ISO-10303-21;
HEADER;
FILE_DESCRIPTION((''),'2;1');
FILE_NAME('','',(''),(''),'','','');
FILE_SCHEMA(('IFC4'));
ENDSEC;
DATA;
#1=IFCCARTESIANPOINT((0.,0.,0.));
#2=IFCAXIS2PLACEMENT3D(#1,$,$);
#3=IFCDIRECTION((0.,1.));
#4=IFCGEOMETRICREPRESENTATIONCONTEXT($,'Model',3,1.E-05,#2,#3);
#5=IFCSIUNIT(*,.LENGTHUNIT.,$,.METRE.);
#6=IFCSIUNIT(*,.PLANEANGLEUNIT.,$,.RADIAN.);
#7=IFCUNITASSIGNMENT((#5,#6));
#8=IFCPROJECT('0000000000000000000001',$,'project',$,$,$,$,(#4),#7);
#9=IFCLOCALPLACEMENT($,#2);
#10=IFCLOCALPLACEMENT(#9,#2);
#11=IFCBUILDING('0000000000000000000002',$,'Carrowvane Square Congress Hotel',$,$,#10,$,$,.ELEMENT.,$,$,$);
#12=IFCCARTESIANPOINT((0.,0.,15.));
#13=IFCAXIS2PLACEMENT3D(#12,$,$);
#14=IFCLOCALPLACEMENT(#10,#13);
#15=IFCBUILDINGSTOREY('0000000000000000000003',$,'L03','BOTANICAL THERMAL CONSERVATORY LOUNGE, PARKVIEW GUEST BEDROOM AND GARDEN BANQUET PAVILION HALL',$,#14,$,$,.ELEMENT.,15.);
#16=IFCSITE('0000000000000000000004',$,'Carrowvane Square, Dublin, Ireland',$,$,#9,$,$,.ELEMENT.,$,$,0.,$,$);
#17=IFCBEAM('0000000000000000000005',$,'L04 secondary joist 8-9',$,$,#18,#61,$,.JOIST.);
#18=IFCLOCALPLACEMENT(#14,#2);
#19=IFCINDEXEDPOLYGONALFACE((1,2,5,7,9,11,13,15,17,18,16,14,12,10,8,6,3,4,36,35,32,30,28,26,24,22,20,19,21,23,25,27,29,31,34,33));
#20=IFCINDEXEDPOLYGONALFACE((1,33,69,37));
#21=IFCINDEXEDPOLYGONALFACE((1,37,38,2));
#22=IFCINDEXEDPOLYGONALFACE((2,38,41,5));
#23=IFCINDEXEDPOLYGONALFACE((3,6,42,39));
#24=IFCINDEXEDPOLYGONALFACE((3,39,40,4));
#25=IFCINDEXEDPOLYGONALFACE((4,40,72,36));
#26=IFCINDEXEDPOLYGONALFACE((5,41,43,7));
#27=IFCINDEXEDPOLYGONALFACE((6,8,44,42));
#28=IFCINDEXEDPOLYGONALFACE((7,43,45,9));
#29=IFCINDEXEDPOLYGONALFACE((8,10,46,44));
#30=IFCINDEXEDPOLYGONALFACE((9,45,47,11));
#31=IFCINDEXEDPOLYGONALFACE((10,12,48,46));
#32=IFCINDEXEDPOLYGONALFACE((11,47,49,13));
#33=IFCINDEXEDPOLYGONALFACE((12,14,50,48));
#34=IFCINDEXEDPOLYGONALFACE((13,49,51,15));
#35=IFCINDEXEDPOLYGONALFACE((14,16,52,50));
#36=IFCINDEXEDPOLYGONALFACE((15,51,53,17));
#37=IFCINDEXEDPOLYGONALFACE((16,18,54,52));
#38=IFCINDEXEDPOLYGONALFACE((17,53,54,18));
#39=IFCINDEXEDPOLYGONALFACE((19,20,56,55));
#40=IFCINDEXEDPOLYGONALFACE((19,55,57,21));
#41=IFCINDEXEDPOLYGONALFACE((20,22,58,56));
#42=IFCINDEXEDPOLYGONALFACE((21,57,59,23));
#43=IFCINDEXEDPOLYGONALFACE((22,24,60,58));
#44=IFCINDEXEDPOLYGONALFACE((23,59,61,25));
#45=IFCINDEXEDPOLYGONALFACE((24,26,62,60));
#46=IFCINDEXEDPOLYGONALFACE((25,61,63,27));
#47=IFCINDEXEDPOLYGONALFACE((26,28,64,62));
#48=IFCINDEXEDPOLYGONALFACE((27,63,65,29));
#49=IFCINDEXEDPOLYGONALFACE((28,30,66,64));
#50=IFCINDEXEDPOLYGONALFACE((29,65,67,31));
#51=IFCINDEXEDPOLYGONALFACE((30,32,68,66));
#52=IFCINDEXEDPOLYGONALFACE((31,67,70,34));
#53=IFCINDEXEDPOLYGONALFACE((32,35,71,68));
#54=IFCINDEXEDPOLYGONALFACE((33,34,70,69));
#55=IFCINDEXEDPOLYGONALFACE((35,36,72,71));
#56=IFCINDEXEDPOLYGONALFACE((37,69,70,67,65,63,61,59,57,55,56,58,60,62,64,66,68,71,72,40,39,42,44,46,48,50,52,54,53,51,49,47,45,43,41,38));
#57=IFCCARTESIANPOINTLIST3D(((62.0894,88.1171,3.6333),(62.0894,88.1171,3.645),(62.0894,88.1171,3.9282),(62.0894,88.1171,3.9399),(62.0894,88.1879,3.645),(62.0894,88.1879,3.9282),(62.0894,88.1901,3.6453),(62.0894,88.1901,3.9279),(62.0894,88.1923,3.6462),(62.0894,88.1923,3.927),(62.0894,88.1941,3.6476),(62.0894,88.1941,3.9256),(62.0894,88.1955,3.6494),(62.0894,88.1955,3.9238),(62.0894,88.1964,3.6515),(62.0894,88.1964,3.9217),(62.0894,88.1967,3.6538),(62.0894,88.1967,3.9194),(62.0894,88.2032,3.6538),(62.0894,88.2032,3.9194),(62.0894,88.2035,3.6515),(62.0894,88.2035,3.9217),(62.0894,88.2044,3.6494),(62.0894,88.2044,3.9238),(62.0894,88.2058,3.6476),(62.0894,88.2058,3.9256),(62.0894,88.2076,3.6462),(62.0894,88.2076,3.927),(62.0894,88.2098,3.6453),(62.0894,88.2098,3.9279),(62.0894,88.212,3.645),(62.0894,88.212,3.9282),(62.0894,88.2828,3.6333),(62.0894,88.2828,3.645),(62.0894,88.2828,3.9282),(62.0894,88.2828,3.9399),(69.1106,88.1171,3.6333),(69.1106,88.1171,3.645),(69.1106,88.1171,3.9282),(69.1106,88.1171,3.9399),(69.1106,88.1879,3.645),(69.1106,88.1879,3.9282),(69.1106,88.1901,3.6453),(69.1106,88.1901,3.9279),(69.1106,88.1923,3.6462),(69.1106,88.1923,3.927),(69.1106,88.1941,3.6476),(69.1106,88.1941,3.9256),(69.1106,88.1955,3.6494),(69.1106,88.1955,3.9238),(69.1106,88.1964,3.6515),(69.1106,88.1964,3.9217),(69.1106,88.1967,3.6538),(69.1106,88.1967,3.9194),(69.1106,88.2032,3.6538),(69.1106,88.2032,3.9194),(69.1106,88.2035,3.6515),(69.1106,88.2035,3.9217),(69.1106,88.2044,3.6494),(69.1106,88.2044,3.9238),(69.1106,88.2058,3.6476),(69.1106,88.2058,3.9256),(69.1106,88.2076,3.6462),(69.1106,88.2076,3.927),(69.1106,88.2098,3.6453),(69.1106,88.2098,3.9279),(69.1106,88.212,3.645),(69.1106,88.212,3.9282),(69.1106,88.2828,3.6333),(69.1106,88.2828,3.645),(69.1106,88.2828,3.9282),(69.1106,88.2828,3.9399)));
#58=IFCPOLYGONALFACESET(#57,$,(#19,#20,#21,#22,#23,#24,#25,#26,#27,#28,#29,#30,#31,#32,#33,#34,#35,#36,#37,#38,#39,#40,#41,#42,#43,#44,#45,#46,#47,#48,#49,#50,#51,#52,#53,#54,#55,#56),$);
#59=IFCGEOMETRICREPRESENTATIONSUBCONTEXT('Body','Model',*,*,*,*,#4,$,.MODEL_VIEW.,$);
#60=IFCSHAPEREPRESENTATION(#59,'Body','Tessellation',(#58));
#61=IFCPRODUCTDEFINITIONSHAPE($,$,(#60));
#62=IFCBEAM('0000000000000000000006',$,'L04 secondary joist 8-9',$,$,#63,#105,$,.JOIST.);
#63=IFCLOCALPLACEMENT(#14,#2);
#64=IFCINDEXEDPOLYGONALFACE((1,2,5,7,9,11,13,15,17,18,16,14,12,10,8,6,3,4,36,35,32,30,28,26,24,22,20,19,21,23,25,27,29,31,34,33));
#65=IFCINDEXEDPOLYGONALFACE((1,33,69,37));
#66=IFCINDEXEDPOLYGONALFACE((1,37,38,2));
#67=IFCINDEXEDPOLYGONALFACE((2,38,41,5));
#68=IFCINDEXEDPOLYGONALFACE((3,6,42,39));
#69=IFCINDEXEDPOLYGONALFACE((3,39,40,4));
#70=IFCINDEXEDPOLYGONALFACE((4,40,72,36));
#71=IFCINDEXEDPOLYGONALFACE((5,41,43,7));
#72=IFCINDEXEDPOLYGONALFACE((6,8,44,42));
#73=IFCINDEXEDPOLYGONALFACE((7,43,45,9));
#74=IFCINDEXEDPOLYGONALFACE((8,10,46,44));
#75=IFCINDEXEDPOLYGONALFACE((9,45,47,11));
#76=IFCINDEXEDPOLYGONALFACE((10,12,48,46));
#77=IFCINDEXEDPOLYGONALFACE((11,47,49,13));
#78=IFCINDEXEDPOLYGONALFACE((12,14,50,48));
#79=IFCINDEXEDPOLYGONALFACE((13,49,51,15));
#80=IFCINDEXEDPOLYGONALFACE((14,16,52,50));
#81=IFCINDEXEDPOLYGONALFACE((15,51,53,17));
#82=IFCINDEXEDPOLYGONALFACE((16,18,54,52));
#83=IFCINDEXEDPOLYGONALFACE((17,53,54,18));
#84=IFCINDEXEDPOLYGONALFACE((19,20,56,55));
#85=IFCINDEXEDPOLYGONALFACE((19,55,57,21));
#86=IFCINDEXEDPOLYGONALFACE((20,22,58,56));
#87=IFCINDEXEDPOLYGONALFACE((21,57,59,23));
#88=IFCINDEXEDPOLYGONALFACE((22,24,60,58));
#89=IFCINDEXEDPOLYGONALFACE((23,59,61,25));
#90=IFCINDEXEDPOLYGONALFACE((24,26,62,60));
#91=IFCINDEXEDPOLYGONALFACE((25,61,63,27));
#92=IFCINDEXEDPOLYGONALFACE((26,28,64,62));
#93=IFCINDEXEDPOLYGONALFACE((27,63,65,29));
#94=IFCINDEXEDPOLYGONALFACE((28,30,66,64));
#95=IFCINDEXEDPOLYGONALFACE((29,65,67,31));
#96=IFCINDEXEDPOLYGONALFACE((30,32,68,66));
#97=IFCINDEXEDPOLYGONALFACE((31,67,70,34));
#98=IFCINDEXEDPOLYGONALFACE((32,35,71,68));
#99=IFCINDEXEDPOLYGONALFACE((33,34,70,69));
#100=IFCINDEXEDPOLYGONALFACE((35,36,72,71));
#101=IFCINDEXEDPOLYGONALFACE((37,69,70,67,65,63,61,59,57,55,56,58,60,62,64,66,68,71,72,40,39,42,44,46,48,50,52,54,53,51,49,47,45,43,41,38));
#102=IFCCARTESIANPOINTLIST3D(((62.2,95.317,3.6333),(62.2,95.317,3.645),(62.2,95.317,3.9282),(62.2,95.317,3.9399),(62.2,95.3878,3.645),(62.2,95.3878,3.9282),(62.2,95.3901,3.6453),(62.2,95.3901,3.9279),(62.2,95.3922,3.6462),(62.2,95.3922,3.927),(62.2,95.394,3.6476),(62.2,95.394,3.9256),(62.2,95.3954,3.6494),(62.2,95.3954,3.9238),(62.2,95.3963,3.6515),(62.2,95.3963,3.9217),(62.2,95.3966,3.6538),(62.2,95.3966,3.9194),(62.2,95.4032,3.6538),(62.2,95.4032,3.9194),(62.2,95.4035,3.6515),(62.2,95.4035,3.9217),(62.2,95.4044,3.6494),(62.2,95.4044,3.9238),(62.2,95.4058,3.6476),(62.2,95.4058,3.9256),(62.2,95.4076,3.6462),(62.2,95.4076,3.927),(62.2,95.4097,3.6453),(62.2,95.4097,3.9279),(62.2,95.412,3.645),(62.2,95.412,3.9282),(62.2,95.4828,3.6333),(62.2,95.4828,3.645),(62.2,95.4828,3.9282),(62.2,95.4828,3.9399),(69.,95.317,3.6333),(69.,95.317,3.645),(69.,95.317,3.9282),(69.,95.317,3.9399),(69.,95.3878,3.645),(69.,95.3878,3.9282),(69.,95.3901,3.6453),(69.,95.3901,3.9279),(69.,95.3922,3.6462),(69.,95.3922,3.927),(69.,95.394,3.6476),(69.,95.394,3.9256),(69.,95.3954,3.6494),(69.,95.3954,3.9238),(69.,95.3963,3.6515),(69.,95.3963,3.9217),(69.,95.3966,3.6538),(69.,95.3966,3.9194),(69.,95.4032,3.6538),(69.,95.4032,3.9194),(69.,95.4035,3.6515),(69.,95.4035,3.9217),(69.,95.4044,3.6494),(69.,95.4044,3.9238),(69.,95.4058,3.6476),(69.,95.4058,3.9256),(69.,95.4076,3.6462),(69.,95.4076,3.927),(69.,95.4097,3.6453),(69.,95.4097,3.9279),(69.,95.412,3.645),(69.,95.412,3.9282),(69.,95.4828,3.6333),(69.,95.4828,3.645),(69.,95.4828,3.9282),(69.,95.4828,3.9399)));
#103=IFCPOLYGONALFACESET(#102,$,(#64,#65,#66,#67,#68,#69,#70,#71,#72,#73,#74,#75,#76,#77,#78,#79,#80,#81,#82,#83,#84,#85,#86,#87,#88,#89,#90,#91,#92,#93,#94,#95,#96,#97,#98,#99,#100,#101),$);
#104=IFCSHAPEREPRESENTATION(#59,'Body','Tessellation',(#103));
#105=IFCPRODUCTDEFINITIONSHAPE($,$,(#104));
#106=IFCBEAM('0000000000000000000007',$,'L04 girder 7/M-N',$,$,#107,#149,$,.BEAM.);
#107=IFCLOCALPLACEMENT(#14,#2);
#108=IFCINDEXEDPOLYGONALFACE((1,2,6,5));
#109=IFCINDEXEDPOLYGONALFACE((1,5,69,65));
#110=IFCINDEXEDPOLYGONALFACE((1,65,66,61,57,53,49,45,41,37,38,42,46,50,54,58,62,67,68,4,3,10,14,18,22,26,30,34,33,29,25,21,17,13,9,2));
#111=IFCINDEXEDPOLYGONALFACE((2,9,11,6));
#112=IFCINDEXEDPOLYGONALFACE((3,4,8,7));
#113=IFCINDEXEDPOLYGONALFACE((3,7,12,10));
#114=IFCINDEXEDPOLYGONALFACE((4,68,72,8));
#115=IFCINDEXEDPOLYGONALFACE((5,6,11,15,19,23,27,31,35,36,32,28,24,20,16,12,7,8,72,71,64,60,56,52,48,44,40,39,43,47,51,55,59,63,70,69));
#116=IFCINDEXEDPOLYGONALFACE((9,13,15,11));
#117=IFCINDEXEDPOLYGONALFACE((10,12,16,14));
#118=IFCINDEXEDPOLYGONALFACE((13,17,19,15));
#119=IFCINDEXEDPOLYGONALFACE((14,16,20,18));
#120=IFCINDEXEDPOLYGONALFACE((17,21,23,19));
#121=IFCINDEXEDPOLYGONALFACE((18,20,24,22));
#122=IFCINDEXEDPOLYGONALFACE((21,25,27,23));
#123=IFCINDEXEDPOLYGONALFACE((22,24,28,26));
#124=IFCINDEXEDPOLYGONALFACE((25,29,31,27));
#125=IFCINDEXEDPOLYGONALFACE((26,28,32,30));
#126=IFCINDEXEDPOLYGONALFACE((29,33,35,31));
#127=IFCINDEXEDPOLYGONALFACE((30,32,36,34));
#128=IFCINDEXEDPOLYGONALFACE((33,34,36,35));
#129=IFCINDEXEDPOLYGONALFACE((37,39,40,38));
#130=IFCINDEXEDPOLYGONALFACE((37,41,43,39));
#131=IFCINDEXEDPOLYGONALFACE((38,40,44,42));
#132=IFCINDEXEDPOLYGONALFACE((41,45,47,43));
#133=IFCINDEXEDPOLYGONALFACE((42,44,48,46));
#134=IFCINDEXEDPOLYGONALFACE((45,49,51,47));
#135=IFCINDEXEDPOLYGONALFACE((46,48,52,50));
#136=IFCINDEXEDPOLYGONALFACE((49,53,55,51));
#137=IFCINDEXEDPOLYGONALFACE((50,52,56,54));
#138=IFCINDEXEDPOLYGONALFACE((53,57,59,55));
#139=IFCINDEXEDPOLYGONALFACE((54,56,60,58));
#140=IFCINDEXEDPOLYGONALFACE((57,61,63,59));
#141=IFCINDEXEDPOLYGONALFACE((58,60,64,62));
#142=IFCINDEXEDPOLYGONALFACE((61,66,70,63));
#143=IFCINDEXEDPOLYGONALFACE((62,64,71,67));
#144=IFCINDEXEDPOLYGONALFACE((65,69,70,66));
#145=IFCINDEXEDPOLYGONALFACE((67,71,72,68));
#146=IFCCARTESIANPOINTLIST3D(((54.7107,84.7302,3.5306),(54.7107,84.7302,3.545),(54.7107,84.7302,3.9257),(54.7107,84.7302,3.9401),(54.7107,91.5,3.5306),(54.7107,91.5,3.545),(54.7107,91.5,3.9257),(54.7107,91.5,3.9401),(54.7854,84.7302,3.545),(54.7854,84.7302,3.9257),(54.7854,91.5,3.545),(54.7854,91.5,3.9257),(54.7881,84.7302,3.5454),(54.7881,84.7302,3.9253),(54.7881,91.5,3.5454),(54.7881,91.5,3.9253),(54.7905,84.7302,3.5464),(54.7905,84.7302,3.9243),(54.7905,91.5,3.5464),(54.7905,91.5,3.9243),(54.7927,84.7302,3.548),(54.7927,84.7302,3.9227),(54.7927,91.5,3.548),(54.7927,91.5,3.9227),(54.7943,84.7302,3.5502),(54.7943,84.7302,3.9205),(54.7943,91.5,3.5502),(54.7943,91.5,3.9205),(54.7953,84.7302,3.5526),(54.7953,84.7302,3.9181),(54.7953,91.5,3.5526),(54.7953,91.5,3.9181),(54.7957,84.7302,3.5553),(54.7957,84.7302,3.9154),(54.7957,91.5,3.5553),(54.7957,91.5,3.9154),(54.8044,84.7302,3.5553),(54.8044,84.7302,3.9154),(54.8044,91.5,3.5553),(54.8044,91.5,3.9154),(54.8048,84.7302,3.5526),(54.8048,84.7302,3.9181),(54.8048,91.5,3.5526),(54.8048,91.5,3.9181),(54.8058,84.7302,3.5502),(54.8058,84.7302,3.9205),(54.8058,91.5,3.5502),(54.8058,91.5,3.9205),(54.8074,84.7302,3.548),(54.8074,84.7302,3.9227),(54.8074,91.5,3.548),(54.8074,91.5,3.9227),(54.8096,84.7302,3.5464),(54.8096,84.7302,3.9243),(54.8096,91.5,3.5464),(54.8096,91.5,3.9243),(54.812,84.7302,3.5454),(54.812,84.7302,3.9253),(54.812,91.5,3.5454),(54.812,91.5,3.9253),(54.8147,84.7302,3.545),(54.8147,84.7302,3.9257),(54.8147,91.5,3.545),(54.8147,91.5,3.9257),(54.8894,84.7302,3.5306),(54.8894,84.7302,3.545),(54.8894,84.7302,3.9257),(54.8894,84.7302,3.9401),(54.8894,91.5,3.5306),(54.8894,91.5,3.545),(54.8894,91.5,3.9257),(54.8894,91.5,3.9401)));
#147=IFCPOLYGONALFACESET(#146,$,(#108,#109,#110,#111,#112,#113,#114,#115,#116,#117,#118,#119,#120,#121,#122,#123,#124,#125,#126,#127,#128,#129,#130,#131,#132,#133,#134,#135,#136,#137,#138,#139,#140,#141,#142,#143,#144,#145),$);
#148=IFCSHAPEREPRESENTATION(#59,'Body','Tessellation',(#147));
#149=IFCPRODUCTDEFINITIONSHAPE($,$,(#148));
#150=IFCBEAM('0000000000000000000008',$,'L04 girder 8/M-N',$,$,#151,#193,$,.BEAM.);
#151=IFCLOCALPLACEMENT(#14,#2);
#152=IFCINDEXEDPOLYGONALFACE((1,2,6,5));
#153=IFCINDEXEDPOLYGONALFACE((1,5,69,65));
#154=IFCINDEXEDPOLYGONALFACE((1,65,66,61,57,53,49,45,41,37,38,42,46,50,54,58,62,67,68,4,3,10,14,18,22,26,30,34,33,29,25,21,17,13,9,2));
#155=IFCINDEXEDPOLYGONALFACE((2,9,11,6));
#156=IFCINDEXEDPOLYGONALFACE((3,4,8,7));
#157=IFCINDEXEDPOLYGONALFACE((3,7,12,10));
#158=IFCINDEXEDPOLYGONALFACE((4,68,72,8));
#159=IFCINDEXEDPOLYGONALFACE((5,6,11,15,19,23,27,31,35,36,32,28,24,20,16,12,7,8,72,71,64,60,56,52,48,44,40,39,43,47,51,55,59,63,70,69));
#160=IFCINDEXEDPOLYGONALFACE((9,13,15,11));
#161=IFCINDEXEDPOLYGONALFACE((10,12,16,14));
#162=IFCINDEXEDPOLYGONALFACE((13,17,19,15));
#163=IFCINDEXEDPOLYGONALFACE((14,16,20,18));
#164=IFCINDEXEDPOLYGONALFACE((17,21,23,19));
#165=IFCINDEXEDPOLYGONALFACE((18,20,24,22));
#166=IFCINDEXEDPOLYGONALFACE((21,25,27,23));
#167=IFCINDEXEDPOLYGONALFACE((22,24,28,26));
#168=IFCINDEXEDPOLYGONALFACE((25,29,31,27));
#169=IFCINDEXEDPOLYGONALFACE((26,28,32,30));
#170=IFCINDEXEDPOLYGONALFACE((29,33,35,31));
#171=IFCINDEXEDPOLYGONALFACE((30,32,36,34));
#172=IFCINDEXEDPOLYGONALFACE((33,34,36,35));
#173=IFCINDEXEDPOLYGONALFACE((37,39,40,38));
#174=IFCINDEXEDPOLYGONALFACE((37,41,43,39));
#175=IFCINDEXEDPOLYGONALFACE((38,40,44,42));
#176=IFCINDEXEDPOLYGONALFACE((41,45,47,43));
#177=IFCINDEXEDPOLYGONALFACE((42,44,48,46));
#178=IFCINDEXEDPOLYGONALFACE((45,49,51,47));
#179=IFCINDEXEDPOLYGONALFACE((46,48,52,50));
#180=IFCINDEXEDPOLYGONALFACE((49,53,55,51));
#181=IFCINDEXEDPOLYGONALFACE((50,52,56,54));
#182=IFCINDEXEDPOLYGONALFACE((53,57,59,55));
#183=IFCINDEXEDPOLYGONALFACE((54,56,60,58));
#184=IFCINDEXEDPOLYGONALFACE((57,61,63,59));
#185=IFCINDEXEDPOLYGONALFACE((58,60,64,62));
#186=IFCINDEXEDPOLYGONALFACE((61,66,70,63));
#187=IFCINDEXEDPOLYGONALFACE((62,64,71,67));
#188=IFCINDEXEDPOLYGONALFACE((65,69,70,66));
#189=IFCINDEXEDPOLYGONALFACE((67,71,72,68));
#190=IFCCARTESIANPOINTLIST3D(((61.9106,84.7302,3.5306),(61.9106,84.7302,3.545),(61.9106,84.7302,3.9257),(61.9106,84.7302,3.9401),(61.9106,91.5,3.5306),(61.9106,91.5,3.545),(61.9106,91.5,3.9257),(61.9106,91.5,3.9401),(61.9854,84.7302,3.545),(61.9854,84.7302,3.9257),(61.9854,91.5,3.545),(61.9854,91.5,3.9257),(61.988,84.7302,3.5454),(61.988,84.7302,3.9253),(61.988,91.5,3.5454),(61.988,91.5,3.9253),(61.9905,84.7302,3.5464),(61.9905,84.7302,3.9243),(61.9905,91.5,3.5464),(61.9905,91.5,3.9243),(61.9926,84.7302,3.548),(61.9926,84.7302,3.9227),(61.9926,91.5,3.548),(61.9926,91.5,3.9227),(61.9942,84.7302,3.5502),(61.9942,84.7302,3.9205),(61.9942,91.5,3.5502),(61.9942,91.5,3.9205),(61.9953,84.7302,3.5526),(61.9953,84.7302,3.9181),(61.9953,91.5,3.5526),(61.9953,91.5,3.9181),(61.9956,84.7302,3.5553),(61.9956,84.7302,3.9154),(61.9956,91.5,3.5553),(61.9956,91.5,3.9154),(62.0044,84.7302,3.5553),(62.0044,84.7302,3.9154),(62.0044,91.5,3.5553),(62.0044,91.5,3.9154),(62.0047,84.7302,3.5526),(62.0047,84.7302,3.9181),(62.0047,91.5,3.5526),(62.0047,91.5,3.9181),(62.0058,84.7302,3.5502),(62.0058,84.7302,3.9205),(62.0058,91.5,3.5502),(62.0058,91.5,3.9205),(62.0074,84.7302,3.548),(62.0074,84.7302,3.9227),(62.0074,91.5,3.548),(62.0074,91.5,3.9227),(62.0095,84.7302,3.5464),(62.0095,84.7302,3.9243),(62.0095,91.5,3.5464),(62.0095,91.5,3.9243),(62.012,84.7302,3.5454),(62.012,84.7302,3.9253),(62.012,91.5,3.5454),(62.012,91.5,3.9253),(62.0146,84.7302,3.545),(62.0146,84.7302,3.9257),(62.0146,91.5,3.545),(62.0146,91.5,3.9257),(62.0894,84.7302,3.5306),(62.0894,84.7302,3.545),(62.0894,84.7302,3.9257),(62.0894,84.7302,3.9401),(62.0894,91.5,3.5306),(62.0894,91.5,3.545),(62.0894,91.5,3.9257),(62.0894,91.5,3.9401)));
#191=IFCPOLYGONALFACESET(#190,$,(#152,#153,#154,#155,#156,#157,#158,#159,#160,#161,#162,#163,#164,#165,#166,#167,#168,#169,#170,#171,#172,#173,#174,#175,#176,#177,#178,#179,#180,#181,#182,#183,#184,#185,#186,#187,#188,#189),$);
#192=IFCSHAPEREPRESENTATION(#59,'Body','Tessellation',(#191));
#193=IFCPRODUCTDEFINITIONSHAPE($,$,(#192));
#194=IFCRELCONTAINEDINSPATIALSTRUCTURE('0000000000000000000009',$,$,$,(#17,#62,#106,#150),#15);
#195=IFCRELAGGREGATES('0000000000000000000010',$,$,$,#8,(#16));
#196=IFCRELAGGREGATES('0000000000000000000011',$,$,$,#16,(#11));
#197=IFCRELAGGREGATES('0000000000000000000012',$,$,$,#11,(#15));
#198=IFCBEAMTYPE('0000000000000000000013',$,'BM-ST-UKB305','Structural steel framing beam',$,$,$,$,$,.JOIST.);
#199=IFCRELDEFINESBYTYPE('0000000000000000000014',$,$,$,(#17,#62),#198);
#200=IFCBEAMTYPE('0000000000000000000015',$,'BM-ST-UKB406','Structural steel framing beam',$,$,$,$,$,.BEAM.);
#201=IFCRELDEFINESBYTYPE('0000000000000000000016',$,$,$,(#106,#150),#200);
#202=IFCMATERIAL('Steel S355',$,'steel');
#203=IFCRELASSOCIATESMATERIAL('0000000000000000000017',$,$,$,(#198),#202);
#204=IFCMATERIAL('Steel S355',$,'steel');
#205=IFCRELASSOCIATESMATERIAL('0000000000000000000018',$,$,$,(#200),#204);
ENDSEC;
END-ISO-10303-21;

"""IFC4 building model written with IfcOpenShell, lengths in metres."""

from ifc_helpers import new_model, si_unit, direction, frame, origin, origin_2d, place, context, subcontext, project, spatial, i_section, extrude, material, material_profile, profile_set, type_object, element, save


model = new_model("IFC4")

# Units and contexts
model_context = context("Model", 3, precision=1e-05, world=origin(), true_north=direction((0.0, 1.0)))
body_context = subcontext(model_context, "Body", "Model", "MODEL_VIEW")
ifc_project = project(units=[si_unit("LENGTHUNIT", "METRE"), si_unit("PLANEANGLEUNIT", "RADIAN")], contexts=[model_context])

# Site, building, storey
site_placement = place(None, origin())
site = spatial("IfcSite", under=ifc_project, at=site_placement, Name="Carrowvane Square, Dublin, Ireland", CompositionType="ELEMENT", RefElevation=0.0)
building_placement = place(site_placement, origin())
building = spatial("IfcBuilding", under=site, at=building_placement, Name="Carrowvane Square Congress Hotel", CompositionType="ELEMENT")
storey_placement = place(building_placement, frame((0.0, 0.0, 15.0)))
storey = spatial("IfcBuildingStorey", under=building, at=storey_placement, Name="L03", Description="BOTANICAL THERMAL CONSERVATORY LOUNGE, PARKVIEW GUEST BEDROOM AND GARDEN BANQUET PAVILION HALL", CompositionType="ELEMENT", Elevation=15.0)

# Beams
ifc_material_1 = material(Name="Steel S355", Category="steel")
ifc_material_profile_1 = material_profile(ifc_material_1, i_section(OverallWidth=0.1658, OverallDepth=0.3066, WebThickness=0.0066, FlangeThickness=0.0117, FilletRadius=0.0088, at=origin_2d()), Name="UKB 305x165x46")
ifc_profile_set_1 = profile_set([ifc_material_profile_1], Name="Steel S355")
beam_type_1 = type_object("IfcBeamType", Name="BM-ST-UKB305", Description="Structural steel framing beam", PredefinedType="JOIST", material=ifc_profile_set_1)
beam_1_placement = place(storey_placement, frame((62.0894, 88.2, 3.7866), z_axis=(1.0, 0.0, 0.0), x_axis=(0.0, 1.0, 0.0)))
element("IfcBeam", 1, at=beam_1_placement, inside=storey, type_object=beam_type_1, Name="L04 secondary joist 8-9", PredefinedType="JOIST", context=body_context, shape_type="SweptSolid", body=[
    extrude(i_section(OverallWidth=0.1658, OverallDepth=0.3066, WebThickness=0.0066, FlangeThickness=0.0117, FilletRadius=0.0088, at=origin_2d()), origin(), (0.0, 0.0, 1.0), 7.0212),
])
beam_2_placement = place(storey_placement, frame((62.2, 95.3999, 3.7866), z_axis=(1.0, 0.0, 0.0), x_axis=(0.0, 1.0, 0.0)))
element("IfcBeam", 2, at=beam_2_placement, inside=storey, type_object=beam_type_1, Name="L04 secondary joist 8-9", PredefinedType="JOIST", context=body_context, shape_type="SweptSolid", body=[
    extrude(i_section(OverallWidth=0.1658, OverallDepth=0.3066, WebThickness=0.0066, FlangeThickness=0.0117, FilletRadius=0.0088, at=origin_2d()), origin(), (0.0, 0.0, 1.0), 6.8),
])
ifc_material_2 = material(Name="Steel S355", Category="steel")
ifc_material_profile_2 = material_profile(ifc_material_2, i_section(OverallWidth=0.1787, OverallDepth=0.4094, WebThickness=0.0088, FlangeThickness=0.0144, FilletRadius=0.0103, at=origin_2d()), Name="UKB 406x178x67")
ifc_profile_set_2 = profile_set([ifc_material_profile_2], Name="Steel S355")
beam_type_2 = type_object("IfcBeamType", Name="BM-ST-UKB406", Description="Structural steel framing beam", PredefinedType="BEAM", material=ifc_profile_set_2)
for number, where, z_axis, x_axis, name in (
    (3, (54.8, 84.7302, 3.7354), (0.0, 1.0, 0.0), (-1.0, 0.0, 0.0), "L04 girder 7/M-N"),
    (4, (62.0, 84.7302, 3.7354), (0.0, 1.0, 0.0), (-1.0, 0.0, 0.0), "L04 girder 8/M-N"),
):
    element("IfcBeam", number, at=place(storey_placement, frame(where, z_axis=z_axis, x_axis=x_axis)), inside=storey, type_object=beam_type_2, Name=name, PredefinedType="BEAM", context=body_context, shape_type="SweptSolid", body=[
        extrude(i_section(OverallWidth=0.1787, OverallDepth=0.4094, WebThickness=0.0088, FlangeThickness=0.0144, FilletRadius=0.0103, at=origin_2d()), origin(), (0.0, 0.0, 1.0), 6.7698),
    ])

save(model, "model.ifc")
